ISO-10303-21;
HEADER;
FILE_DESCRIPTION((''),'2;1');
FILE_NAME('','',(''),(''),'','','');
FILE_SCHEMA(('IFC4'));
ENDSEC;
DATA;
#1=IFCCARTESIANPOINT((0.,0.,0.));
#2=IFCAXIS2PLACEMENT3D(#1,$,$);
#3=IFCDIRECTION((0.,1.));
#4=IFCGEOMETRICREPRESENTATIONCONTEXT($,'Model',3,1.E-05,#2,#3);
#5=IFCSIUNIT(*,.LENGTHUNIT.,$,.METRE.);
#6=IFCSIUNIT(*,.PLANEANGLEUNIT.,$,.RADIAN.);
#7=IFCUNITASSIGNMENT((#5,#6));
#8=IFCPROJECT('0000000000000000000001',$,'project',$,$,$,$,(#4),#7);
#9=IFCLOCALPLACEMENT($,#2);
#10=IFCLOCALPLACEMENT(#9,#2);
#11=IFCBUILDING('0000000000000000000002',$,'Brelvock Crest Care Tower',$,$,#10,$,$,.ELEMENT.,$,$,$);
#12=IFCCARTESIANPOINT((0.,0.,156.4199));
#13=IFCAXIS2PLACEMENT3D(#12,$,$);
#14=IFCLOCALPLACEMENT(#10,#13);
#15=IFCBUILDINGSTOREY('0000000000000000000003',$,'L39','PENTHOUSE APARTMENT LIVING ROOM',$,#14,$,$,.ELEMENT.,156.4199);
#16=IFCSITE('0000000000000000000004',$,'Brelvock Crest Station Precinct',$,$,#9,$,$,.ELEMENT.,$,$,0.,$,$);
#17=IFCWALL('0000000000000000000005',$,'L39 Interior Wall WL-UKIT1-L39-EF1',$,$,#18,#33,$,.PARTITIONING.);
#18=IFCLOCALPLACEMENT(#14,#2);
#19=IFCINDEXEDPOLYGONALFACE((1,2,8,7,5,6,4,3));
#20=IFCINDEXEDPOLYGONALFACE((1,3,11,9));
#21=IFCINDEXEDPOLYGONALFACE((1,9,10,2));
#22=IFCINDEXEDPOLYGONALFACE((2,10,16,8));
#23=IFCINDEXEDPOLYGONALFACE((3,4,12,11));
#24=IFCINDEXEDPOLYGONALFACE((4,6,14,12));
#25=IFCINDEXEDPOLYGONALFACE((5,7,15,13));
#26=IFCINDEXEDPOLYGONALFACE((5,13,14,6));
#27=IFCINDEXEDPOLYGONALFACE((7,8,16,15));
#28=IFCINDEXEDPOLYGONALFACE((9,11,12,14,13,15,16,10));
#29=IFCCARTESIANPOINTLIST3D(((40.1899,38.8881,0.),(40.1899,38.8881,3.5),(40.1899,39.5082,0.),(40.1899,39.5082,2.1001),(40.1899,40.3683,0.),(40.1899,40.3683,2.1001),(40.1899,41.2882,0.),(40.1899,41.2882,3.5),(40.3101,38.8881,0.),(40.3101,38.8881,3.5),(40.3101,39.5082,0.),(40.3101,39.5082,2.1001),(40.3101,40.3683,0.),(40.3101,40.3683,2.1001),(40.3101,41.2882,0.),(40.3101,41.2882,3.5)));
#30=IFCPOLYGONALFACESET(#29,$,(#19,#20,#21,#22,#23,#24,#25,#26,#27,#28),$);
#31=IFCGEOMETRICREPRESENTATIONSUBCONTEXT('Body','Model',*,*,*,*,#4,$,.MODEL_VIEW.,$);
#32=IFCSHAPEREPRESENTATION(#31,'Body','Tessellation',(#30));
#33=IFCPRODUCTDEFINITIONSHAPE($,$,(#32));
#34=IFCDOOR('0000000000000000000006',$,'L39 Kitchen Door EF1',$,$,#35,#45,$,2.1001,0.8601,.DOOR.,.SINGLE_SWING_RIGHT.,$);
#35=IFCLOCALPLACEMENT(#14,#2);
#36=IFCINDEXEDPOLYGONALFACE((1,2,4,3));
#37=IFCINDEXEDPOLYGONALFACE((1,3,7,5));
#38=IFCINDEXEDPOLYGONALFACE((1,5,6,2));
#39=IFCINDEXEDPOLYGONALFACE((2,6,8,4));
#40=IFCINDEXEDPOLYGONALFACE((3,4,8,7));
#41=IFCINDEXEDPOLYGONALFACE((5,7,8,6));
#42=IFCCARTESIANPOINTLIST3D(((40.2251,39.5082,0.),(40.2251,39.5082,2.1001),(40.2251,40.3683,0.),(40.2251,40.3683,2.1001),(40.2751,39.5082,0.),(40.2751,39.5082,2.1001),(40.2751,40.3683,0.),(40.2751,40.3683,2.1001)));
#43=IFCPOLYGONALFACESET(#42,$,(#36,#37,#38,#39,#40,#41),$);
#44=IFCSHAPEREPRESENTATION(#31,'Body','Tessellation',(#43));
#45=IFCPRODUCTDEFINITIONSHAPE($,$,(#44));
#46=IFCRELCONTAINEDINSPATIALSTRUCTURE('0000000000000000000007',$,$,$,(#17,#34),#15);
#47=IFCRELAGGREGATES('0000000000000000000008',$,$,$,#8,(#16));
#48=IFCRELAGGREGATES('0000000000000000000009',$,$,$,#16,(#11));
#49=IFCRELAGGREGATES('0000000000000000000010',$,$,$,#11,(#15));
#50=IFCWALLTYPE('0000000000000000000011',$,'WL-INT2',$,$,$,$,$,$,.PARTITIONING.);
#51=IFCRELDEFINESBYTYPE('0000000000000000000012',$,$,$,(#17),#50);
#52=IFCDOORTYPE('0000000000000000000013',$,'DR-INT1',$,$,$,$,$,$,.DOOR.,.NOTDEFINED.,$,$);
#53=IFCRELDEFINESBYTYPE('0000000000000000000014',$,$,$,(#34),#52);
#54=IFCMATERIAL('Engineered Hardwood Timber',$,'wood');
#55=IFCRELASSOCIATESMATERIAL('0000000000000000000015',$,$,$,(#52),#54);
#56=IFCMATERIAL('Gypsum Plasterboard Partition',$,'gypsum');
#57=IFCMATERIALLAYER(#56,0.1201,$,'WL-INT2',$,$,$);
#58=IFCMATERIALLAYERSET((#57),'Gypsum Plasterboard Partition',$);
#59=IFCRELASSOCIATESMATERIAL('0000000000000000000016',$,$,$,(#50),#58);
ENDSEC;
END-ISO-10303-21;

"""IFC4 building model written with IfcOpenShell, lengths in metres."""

from ifc_helpers import new_model, si_unit, direction, frame, frame_2d, origin, origin_2d, place, context, subcontext, project, spatial, rectangle, extrude, source, transform, mapped, material, layer, layer_set, type_object, element, fill, save


model = new_model("IFC4")

# Units and contexts
model_context = context("Model", 3, precision=1e-05, world=origin(), true_north=direction((0.0, 1.0)))
body_context = subcontext(model_context, "Body", "Model", "MODEL_VIEW")
ifc_project = project(units=[si_unit("LENGTHUNIT", "METRE"), si_unit("PLANEANGLEUNIT", "RADIAN")], contexts=[model_context])

# Site, building, storey
site_placement = place(None, origin())
site = spatial("IfcSite", under=ifc_project, at=site_placement, Name="Brelvock Crest Station Precinct", CompositionType="ELEMENT", RefElevation=0.0)
building_placement = place(site_placement, origin())
building = spatial("IfcBuilding", under=site, at=building_placement, Name="Brelvock Crest Care Tower", CompositionType="ELEMENT")
storey_placement = place(building_placement, frame((0.0, 0.0, 156.4199)))
storey = spatial("IfcBuildingStorey", under=building, at=storey_placement, Name="L39", Description="PENTHOUSE APARTMENT LIVING ROOM", CompositionType="ELEMENT", Elevation=156.4199)

# Shared definitions
ifc_material_1 = material(Name="Engineered Hardwood Timber", Category="wood")
door_type = type_object("IfcDoorType", Name="DR-INT1", OperationType="NOTDEFINED", PredefinedType="DOOR", material=ifc_material_1)
shared_shape_1 = source(origin(), body_context, "Body", "SweptSolid", [
    extrude(rectangle(XDim=0.8601, YDim=2.1001, at=origin_2d()), frame((0.4302, 0.0249, 1.05), z_axis=(0.0, -1.0, 0.0), x_axis=(1.0, 0.0, 0.0)), (0.0, 0.0, 1.0), 0.05),
])

# Shared definitions
ifc_material_2 = material(Name="Gypsum Plasterboard Partition", Category="gypsum")
ifc_layer_1 = layer(ifc_material_2, 0.1201, Name="WL-INT2")
ifc_layer_set_1 = layer_set([ifc_layer_1], Name="Gypsum Plasterboard Partition")
wall_type_1 = type_object("IfcWallType", Name="WL-INT2", PredefinedType="PARTITIONING", material=ifc_layer_set_1)

# Wall, opening, door
wall_1_placement = place(storey_placement, frame((40.25, 38.8879, 0.0), z_axis=(0.0, 0.0, 1.0), x_axis=(0.0, 1.0, 0.0)))
wall_1 = element("IfcWall", 1, at=wall_1_placement, inside=storey, type_object=wall_type_1, Name="L39 Interior Wall WL-UKIT1-L39-EF1", PredefinedType="PARTITIONING", context=body_context, shape_type="SweptSolid", body=[
    extrude(rectangle(XDim=2.4001, YDim=0.1201, at=frame_2d((1.2002, 0.0))), origin(), (0.0, 0.0, 1.0), 3.5),
])
opening_1_placement = place(wall_1_placement, frame((0.6201, 0.0, 0.0)))
opening_1 = element("IfcOpeningElement", 2, at=opening_1_placement, cuts=wall_1, PredefinedType="OPENING", context=body_context, shape_type="SweptSolid", body=[
    extrude(rectangle(XDim=0.8601, YDim=2.1001, at=origin_2d()), frame((0.4302, 0.0701, 1.05), z_axis=(0.0, -1.0, 0.0), x_axis=(1.0, 0.0, 0.0)), (0.0, 0.0, 1.0), 0.1401),
])
door_1_placement = place(opening_1_placement, origin())
door_1 = element("IfcDoor", 3, at=door_1_placement, inside=storey, type_object=door_type, Name="L39 Kitchen Door EF1", OperationType="SINGLE_SWING_RIGHT", OverallHeight=2.1001, OverallWidth=0.8601, PredefinedType="DOOR", context=body_context, shape_type="MappedRepresentation", body=[
    mapped(shared_shape_1, transform((0.0, 0.0, 0.0), x_axis=(1.0, 0.0, 0.0), y_axis=(0.0, 1.0, 0.0), z_axis=(0.0, 0.0, 1.0), scale=1.0)),
])
fill(opening_1, door_1)

save(model, "model.ifc")
